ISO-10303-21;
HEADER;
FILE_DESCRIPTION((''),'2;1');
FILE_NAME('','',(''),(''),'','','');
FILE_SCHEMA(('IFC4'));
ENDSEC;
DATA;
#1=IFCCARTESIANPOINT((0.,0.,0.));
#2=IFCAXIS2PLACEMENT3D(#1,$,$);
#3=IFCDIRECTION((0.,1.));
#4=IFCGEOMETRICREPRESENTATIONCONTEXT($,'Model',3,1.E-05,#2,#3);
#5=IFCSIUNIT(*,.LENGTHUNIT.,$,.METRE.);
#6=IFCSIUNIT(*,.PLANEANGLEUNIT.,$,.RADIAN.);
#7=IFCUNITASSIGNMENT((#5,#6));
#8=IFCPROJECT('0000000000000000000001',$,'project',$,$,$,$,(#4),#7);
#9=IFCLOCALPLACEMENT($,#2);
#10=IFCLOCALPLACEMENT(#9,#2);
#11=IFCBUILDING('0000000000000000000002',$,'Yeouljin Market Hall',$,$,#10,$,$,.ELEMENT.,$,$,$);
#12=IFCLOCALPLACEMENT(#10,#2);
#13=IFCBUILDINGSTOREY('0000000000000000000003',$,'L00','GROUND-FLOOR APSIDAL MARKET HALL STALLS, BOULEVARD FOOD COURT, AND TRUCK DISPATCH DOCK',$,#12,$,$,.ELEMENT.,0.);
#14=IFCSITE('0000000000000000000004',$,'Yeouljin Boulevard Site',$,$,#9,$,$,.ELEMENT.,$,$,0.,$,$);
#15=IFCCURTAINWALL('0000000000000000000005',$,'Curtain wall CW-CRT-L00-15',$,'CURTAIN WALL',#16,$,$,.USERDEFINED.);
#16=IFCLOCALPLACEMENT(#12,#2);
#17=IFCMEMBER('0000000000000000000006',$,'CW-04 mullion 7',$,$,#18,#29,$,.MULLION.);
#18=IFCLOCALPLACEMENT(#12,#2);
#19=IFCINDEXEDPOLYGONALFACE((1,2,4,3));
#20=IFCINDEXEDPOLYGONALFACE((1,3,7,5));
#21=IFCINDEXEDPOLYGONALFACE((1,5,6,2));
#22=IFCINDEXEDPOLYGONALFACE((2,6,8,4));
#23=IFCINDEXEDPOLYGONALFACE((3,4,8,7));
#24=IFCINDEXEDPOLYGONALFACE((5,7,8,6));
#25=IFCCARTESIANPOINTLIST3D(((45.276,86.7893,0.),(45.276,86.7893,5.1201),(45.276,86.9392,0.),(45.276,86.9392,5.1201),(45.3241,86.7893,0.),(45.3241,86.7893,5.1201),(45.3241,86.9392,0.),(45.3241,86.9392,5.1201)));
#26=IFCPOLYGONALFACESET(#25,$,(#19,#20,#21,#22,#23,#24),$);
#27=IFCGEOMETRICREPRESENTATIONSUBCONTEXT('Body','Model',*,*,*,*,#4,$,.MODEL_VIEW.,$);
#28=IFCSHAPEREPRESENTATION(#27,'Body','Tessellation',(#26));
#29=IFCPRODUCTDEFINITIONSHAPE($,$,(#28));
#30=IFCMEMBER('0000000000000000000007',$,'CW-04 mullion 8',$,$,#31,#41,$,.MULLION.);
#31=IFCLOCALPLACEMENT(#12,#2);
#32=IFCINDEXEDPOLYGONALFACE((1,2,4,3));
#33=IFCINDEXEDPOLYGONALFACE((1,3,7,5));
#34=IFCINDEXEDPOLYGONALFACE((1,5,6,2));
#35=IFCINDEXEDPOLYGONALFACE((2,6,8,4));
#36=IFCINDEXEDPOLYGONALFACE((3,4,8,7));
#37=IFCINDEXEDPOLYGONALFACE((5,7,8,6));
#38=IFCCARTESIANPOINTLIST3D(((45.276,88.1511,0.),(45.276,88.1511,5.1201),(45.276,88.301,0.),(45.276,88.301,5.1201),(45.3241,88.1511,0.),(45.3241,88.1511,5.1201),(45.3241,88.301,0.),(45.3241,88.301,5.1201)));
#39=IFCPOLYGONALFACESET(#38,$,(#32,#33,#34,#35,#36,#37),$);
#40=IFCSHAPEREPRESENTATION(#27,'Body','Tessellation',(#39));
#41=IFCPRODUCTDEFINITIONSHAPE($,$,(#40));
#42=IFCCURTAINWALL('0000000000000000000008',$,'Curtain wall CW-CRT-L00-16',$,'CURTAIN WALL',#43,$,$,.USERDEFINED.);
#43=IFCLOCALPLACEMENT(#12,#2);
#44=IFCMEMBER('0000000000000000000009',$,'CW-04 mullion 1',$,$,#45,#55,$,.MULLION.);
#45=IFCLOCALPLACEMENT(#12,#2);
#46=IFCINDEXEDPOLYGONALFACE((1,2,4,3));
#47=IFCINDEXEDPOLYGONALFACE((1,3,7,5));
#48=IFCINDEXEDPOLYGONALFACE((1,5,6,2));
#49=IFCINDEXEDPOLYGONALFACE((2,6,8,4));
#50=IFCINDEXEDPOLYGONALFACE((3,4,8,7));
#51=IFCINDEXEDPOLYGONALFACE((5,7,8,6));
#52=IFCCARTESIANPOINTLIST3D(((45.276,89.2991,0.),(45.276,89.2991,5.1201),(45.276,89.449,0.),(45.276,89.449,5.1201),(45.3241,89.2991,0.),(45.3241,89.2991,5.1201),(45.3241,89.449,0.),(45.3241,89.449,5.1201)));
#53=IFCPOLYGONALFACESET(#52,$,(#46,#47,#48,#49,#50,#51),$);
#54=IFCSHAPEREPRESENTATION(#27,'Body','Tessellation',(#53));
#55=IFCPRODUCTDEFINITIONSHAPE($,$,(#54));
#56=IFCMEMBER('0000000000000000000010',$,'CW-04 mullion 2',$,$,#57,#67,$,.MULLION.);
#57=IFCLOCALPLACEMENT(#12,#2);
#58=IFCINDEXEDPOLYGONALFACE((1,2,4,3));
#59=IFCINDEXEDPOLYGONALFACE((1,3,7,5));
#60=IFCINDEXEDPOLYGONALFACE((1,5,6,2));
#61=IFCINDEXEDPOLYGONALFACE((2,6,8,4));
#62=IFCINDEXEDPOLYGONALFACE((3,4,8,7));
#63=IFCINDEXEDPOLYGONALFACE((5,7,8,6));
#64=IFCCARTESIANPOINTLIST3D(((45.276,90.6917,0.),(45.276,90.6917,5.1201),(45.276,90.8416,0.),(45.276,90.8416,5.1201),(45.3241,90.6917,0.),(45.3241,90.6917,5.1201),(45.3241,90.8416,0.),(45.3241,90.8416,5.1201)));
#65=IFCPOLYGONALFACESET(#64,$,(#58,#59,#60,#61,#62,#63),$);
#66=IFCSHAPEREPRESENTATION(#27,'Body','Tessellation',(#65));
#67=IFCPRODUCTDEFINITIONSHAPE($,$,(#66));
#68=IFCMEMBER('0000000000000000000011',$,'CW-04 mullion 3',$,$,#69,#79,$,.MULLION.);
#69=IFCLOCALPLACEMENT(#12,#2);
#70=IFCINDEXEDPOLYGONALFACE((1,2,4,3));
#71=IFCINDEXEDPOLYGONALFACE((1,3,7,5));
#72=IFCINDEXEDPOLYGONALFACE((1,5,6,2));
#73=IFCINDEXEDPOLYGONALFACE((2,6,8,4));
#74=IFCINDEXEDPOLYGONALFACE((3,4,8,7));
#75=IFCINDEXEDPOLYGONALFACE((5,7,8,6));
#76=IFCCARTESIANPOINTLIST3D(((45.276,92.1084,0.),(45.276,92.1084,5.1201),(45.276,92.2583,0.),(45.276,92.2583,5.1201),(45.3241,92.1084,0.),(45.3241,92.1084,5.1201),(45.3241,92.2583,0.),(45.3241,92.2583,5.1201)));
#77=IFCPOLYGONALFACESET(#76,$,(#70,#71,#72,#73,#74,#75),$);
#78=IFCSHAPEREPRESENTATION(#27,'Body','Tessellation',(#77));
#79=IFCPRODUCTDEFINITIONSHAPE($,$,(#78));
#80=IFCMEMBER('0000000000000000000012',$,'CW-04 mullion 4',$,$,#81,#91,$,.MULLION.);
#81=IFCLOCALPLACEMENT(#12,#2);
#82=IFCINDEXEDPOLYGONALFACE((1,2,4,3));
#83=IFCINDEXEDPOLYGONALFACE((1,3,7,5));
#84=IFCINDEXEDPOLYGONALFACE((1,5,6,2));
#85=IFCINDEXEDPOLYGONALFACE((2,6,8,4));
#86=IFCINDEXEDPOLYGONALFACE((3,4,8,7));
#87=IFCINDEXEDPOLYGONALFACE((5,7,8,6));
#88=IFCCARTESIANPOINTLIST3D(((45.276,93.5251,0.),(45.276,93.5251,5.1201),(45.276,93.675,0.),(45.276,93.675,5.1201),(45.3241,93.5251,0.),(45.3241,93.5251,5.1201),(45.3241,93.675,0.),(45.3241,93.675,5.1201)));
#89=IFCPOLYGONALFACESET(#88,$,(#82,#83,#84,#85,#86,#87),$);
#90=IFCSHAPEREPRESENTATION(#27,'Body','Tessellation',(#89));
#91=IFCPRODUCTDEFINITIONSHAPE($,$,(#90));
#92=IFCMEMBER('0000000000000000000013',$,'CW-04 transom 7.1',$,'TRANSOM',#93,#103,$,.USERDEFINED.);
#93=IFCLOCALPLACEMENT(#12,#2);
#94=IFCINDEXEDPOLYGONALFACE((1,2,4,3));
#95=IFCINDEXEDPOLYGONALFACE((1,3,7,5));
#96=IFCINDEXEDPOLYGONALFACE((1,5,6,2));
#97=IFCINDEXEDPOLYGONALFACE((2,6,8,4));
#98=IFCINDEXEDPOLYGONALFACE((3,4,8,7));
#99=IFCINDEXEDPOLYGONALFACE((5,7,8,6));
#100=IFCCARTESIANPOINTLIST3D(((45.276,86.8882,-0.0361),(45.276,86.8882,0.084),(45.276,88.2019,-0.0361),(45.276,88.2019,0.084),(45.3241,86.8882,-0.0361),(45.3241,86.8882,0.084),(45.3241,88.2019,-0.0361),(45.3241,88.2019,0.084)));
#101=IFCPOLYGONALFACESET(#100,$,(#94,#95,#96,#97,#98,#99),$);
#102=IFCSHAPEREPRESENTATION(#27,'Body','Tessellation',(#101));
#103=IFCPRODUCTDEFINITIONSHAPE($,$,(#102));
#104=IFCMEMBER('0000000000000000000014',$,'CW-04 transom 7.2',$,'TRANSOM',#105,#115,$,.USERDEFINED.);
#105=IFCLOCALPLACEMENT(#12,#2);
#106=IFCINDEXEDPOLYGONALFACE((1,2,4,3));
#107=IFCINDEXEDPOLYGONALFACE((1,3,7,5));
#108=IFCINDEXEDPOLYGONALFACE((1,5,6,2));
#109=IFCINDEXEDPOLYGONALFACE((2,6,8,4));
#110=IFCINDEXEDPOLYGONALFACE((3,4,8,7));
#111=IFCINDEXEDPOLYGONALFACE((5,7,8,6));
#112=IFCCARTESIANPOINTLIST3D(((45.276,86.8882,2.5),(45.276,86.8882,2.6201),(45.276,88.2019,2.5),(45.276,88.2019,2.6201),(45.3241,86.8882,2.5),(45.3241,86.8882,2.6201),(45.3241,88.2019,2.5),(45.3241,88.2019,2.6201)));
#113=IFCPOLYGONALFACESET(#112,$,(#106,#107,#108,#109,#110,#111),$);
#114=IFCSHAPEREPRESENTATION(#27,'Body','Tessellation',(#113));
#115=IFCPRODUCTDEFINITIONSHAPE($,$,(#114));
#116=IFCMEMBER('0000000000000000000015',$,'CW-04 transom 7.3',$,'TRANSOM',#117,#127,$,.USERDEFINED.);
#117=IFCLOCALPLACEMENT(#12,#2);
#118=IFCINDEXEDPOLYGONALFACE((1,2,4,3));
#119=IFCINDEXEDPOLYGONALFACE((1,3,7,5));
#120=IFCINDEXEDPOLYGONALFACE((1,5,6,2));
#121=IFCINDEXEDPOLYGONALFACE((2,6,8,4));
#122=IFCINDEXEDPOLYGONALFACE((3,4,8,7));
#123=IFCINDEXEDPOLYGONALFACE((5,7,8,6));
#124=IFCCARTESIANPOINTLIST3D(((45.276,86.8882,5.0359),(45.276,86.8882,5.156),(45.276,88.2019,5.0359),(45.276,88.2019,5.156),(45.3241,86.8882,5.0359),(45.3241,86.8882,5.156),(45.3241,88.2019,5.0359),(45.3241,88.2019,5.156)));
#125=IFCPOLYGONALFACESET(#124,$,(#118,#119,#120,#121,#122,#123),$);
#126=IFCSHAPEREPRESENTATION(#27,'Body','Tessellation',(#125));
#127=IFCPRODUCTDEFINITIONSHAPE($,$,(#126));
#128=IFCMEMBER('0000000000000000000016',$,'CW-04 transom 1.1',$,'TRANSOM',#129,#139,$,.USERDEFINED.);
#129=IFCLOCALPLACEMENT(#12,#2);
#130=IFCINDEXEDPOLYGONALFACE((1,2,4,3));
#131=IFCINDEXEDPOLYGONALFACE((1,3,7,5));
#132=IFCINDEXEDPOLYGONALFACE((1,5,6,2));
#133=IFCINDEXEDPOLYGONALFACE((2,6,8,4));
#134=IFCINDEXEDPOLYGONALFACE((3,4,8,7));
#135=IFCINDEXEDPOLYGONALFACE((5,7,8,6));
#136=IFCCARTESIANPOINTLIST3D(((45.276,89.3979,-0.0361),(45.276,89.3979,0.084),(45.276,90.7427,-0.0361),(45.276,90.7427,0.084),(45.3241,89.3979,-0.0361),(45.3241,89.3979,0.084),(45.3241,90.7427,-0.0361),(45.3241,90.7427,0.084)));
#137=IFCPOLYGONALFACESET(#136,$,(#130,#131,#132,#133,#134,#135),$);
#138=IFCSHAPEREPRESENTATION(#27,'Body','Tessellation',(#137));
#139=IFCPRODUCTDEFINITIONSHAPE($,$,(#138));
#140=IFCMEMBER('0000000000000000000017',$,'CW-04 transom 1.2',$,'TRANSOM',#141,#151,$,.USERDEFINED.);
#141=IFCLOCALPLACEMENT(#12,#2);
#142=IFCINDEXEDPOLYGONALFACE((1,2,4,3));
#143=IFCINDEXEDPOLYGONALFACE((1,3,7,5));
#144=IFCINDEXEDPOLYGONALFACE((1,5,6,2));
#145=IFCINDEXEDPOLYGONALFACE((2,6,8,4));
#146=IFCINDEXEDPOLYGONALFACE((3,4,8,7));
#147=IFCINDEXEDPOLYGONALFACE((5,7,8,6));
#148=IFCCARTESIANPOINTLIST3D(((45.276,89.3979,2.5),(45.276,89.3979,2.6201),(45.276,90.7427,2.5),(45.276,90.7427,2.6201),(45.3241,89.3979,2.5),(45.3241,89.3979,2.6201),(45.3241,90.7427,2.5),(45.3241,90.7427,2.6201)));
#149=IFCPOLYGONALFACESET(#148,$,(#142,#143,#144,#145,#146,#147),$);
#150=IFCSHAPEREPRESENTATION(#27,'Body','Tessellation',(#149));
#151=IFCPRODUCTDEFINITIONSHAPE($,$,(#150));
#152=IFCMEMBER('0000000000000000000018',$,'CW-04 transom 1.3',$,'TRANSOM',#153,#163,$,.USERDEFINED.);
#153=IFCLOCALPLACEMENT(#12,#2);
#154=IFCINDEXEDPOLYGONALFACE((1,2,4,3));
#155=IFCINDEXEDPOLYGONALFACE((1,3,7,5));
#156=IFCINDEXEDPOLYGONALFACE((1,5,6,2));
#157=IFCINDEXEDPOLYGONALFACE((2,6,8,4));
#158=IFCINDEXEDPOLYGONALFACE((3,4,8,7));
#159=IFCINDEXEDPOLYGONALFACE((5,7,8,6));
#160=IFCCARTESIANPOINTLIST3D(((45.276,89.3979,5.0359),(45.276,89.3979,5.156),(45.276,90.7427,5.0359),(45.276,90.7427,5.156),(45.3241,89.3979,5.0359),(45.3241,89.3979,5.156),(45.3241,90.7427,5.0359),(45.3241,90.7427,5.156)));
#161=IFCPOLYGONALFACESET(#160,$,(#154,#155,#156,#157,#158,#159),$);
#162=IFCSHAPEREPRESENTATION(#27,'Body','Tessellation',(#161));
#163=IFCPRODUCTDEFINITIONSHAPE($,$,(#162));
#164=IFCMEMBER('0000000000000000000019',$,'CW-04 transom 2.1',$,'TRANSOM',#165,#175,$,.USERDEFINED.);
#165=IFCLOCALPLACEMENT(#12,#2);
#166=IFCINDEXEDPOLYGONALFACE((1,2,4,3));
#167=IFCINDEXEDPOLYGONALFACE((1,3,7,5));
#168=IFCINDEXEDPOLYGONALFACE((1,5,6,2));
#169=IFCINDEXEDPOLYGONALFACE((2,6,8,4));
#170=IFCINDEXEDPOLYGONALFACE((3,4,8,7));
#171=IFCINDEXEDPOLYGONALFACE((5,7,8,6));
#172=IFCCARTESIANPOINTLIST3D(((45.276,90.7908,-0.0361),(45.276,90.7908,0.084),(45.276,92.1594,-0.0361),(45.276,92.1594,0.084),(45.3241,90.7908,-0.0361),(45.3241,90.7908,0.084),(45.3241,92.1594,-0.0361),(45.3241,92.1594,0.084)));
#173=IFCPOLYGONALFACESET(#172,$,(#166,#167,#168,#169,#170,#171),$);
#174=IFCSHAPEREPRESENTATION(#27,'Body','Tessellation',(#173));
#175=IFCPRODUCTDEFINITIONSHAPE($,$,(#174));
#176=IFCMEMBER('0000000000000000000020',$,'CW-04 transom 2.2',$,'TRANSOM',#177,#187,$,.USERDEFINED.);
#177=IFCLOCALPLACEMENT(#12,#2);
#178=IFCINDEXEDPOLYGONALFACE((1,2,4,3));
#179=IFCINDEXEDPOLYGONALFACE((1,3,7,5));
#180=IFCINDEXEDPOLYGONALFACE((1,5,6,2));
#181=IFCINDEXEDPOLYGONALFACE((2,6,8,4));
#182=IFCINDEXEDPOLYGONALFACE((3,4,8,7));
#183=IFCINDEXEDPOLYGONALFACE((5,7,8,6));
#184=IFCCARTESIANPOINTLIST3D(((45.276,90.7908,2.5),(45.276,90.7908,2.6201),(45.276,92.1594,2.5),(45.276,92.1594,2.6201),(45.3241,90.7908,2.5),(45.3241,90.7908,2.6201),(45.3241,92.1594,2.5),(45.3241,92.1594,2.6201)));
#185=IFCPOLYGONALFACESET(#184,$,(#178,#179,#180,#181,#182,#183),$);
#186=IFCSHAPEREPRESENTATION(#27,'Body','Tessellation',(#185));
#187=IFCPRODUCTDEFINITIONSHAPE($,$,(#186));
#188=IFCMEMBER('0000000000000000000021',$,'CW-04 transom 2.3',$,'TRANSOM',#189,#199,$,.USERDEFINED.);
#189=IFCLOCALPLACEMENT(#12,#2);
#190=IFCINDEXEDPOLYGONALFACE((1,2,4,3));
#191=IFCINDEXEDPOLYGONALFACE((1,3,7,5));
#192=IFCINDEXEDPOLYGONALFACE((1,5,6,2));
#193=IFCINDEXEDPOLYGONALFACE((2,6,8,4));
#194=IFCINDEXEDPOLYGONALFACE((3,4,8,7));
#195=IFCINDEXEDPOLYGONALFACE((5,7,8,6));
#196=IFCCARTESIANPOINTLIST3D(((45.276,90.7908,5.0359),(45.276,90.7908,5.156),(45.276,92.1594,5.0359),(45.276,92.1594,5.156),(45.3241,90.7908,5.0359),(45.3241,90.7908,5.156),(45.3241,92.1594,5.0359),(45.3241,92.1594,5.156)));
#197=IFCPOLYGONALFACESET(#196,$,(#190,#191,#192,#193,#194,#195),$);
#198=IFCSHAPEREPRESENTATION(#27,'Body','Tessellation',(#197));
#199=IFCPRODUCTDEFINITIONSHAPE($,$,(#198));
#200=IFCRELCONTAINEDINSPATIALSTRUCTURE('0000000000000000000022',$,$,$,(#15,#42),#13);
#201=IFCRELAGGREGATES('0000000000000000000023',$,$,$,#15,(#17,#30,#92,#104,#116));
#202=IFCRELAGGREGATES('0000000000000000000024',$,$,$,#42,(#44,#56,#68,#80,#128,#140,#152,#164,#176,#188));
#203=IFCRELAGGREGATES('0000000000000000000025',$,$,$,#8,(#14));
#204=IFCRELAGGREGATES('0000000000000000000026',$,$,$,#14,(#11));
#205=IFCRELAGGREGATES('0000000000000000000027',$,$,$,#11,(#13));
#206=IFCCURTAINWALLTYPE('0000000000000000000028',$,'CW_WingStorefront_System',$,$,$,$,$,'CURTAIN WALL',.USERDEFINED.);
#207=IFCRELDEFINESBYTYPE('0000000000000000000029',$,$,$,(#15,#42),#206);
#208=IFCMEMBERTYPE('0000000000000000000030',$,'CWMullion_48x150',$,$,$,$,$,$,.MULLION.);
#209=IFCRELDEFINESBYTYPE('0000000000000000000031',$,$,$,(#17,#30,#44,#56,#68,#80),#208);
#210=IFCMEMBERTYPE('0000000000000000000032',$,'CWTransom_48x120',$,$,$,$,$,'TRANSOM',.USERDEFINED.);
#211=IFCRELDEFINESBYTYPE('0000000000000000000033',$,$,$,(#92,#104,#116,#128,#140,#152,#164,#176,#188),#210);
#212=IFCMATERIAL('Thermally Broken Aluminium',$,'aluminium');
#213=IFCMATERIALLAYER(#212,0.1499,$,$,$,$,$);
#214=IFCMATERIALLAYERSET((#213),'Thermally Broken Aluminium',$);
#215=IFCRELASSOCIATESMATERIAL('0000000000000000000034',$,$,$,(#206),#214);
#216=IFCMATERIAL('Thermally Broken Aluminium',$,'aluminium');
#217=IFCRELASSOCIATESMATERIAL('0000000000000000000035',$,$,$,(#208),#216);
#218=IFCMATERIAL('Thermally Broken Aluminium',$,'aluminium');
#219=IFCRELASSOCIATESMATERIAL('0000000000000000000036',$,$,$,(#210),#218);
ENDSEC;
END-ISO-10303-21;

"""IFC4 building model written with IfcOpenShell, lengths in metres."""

from ifc_helpers import new_model, si_unit, direction, frame, origin, origin_2d, place, context, subcontext, project, spatial, rectangle, extrude, material, layer, layer_set, material_profile, profile_set, type_object, element, aggregate, save


model = new_model("IFC4")

# Units and contexts
model_context = context("Model", 3, precision=1e-05, world=origin(), true_north=direction((0.0, 1.0)))
body_context = subcontext(model_context, "Body", "Model", "MODEL_VIEW")
ifc_project = project(units=[si_unit("LENGTHUNIT", "METRE"), si_unit("PLANEANGLEUNIT", "RADIAN")], contexts=[model_context])

# Site, building, storey
site_placement = place(None, origin())
site = spatial("IfcSite", under=ifc_project, at=site_placement, Name="Yeouljin Boulevard Site", CompositionType="ELEMENT", RefElevation=0.0)
building_placement = place(site_placement, origin())
building = spatial("IfcBuilding", under=site, at=building_placement, Name="Yeouljin Market Hall", CompositionType="ELEMENT")
storey_placement = place(building_placement, origin())
storey = spatial("IfcBuildingStorey", under=building, at=storey_placement, Name="L00", Description="GROUND-FLOOR APSIDAL MARKET HALL STALLS, BOULEVARD FOOD COURT, AND TRUCK DISPATCH DOCK", CompositionType="ELEMENT", Elevation=0.0)

# Curtain walls, members
ifc_material_1 = material(Name="Thermally Broken Aluminium", Category="aluminium")
ifc_layer_1 = layer(ifc_material_1, 0.1499)
ifc_layer_set_1 = layer_set([ifc_layer_1], Name="Thermally Broken Aluminium")
curtain_wall_type = type_object("IfcCurtainWallType", Name="CW_WingStorefront_System", ElementType="CURTAIN WALL", PredefinedType="USERDEFINED", material=ifc_layer_set_1)
curtain_wall_1_placement = place(storey_placement, origin())
curtain_wall_1 = element("IfcCurtainWall", 1, at=curtain_wall_1_placement, inside=storey, type_object=curtain_wall_type, Name="Curtain wall CW-CRT-L00-15", ObjectType="CURTAIN WALL", PredefinedType="USERDEFINED")
ifc_material_2 = material(Name="Thermally Broken Aluminium", Category="aluminium")
ifc_material_profile_1 = material_profile(ifc_material_2, rectangle(XDim=0.0481, YDim=0.1499, at=origin_2d()), Name="CW-MULL-48x150")
ifc_profile_set_1 = profile_set([ifc_material_profile_1], Name="Thermally Broken Aluminium")
member_type_1 = type_object("IfcMemberType", Name="CWMullion_48x150", PredefinedType="MULLION", material=ifc_profile_set_1)
member_1_placement = place(storey_placement, frame((45.3, 86.8643, 0.0), z_axis=(0.0, 0.0, 1.0), x_axis=(-1.0, 0.0, 0.0)))
member_1 = element("IfcMember", 2, at=member_1_placement, type_object=member_type_1, Name="CW-04 mullion 7", PredefinedType="MULLION", context=body_context, shape_type="SweptSolid", body=[
    extrude(rectangle(XDim=0.0481, YDim=0.1499, at=origin_2d()), origin(), (0.0, 0.0, 1.0), 5.1201),
])
member_2_placement = place(storey_placement, frame((45.3, 88.2261, 0.0), z_axis=(0.0, 0.0, 1.0), x_axis=(-1.0, 0.0, 0.0)))
member_2 = element("IfcMember", 3, at=member_2_placement, type_object=member_type_1, Name="CW-04 mullion 8", PredefinedType="MULLION", context=body_context, shape_type="SweptSolid", body=[
    extrude(rectangle(XDim=0.0481, YDim=0.1499, at=origin_2d()), origin(), (0.0, 0.0, 1.0), 5.1201),
])
curtain_wall_2_placement = place(storey_placement, origin())
curtain_wall_2 = element("IfcCurtainWall", 4, at=curtain_wall_2_placement, inside=storey, type_object=curtain_wall_type, Name="Curtain wall CW-CRT-L00-16", ObjectType="CURTAIN WALL", PredefinedType="USERDEFINED")
member_3_placement = place(storey_placement, frame((45.3, 89.374, 0.0), z_axis=(0.0, 0.0, 1.0), x_axis=(-1.0, 0.0, 0.0)))
member_3 = element("IfcMember", 5, at=member_3_placement, type_object=member_type_1, Name="CW-04 mullion 1", PredefinedType="MULLION", context=body_context, shape_type="SweptSolid", body=[
    extrude(rectangle(XDim=0.0481, YDim=0.1499, at=origin_2d()), origin(), (0.0, 0.0, 1.0), 5.1201),
])
member_4_placement = place(storey_placement, frame((45.3, 90.7666, 0.0), z_axis=(0.0, 0.0, 1.0), x_axis=(-1.0, 0.0, 0.0)))
member_4 = element("IfcMember", 6, at=member_4_placement, type_object=member_type_1, Name="CW-04 mullion 2", PredefinedType="MULLION", context=body_context, shape_type="SweptSolid", body=[
    extrude(rectangle(XDim=0.0481, YDim=0.1499, at=origin_2d()), origin(), (0.0, 0.0, 1.0), 5.1201),
])
member_5_placement = place(storey_placement, frame((45.3, 92.1833, 0.0), z_axis=(0.0, 0.0, 1.0), x_axis=(-1.0, 0.0, 0.0)))
member_5 = element("IfcMember", 7, at=member_5_placement, type_object=member_type_1, Name="CW-04 mullion 3", PredefinedType="MULLION", context=body_context, shape_type="SweptSolid", body=[
    extrude(rectangle(XDim=0.0481, YDim=0.1499, at=origin_2d()), origin(), (0.0, 0.0, 1.0), 5.1201),
])
member_6_placement = place(storey_placement, frame((45.3, 93.6001, 0.0), z_axis=(0.0, 0.0, 1.0), x_axis=(-1.0, 0.0, 0.0)))
member_6 = element("IfcMember", 8, at=member_6_placement, type_object=member_type_1, Name="CW-04 mullion 4", PredefinedType="MULLION", context=body_context, shape_type="SweptSolid", body=[
    extrude(rectangle(XDim=0.0481, YDim=0.1499, at=origin_2d()), origin(), (0.0, 0.0, 1.0), 5.1201),
])

# Members
ifc_material_3 = material(Name="Thermally Broken Aluminium", Category="aluminium")
ifc_material_profile_2 = material_profile(ifc_material_3, rectangle(XDim=0.0481, YDim=0.1201, at=origin_2d()), Name="CW-TRAN-48x120")
ifc_profile_set_2 = profile_set([ifc_material_profile_2], Name="Thermally Broken Aluminium")
member_type_2 = type_object("IfcMemberType", Name="CWTransom_48x120", ElementType="TRANSOM", PredefinedType="USERDEFINED", material=ifc_profile_set_2)
member_7_placement = place(storey_placement, frame((45.3, 86.8882, 0.0239), z_axis=(0.0, 1.0, 0.0), x_axis=(-1.0, 0.0, 0.0)))
member_7 = element("IfcMember", 9, at=member_7_placement, type_object=member_type_2, Name="CW-04 transom 7.1", ObjectType="TRANSOM", PredefinedType="USERDEFINED", context=body_context, shape_type="SweptSolid", body=[
    extrude(rectangle(XDim=0.0481, YDim=0.1201, at=origin_2d()), origin(), (0.0, 0.0, 1.0), 1.3137),
])
member_8_placement = place(storey_placement, frame((45.3, 86.8882, 2.5601), z_axis=(0.0, 1.0, 0.0), x_axis=(-1.0, 0.0, 0.0)))
member_8 = element("IfcMember", 10, at=member_8_placement, type_object=member_type_2, Name="CW-04 transom 7.2", ObjectType="TRANSOM", PredefinedType="USERDEFINED", context=body_context, shape_type="SweptSolid", body=[
    extrude(rectangle(XDim=0.0481, YDim=0.1201, at=origin_2d()), origin(), (0.0, 0.0, 1.0), 1.3137),
])
member_9_placement = place(storey_placement, frame((45.3, 86.8882, 5.0959), z_axis=(0.0, 1.0, 0.0), x_axis=(-1.0, 0.0, 0.0)))
member_9 = element("IfcMember", 11, at=member_9_placement, type_object=member_type_2, Name="CW-04 transom 7.3", ObjectType="TRANSOM", PredefinedType="USERDEFINED", context=body_context, shape_type="SweptSolid", body=[
    extrude(rectangle(XDim=0.0481, YDim=0.1201, at=origin_2d()), origin(), (0.0, 0.0, 1.0), 1.3137),
])
member_10_placement = place(storey_placement, frame((45.3, 89.3979, 0.0239), z_axis=(0.0, 1.0, 0.0), x_axis=(-1.0, 0.0, 0.0)))
member_10 = element("IfcMember", 12, at=member_10_placement, type_object=member_type_2, Name="CW-04 transom 1.1", ObjectType="TRANSOM", PredefinedType="USERDEFINED", context=body_context, shape_type="SweptSolid", body=[
    extrude(rectangle(XDim=0.0481, YDim=0.1201, at=origin_2d()), origin(), (0.0, 0.0, 1.0), 1.3447),
])
member_11_placement = place(storey_placement, frame((45.3, 89.3979, 2.5601), z_axis=(0.0, 1.0, 0.0), x_axis=(-1.0, 0.0, 0.0)))
member_11 = element("IfcMember", 13, at=member_11_placement, type_object=member_type_2, Name="CW-04 transom 1.2", ObjectType="TRANSOM", PredefinedType="USERDEFINED", context=body_context, shape_type="SweptSolid", body=[
    extrude(rectangle(XDim=0.0481, YDim=0.1201, at=origin_2d()), origin(), (0.0, 0.0, 1.0), 1.3447),
])
member_12_placement = place(storey_placement, frame((45.3, 89.3979, 5.0959), z_axis=(0.0, 1.0, 0.0), x_axis=(-1.0, 0.0, 0.0)))
member_12 = element("IfcMember", 14, at=member_12_placement, type_object=member_type_2, Name="CW-04 transom 1.3", ObjectType="TRANSOM", PredefinedType="USERDEFINED", context=body_context, shape_type="SweptSolid", body=[
    extrude(rectangle(XDim=0.0481, YDim=0.1201, at=origin_2d()), origin(), (0.0, 0.0, 1.0), 1.3447),
])
member_13_placement = place(storey_placement, frame((45.3, 90.7908, 0.0239), z_axis=(0.0, 1.0, 0.0), x_axis=(-1.0, 0.0, 0.0)))
member_13 = element("IfcMember", 15, at=member_13_placement, type_object=member_type_2, Name="CW-04 transom 2.1", ObjectType="TRANSOM", PredefinedType="USERDEFINED", context=body_context, shape_type="SweptSolid", body=[
    extrude(rectangle(XDim=0.0481, YDim=0.1201, at=origin_2d()), origin(), (0.0, 0.0, 1.0), 1.3687),
])
member_14_placement = place(storey_placement, frame((45.3, 90.7908, 2.5601), z_axis=(0.0, 1.0, 0.0), x_axis=(-1.0, 0.0, 0.0)))
member_14 = element("IfcMember", 16, at=member_14_placement, type_object=member_type_2, Name="CW-04 transom 2.2", ObjectType="TRANSOM", PredefinedType="USERDEFINED", context=body_context, shape_type="SweptSolid", body=[
    extrude(rectangle(XDim=0.0481, YDim=0.1201, at=origin_2d()), origin(), (0.0, 0.0, 1.0), 1.3687),
])
member_15_placement = place(storey_placement, frame((45.3, 90.7908, 5.0959), z_axis=(0.0, 1.0, 0.0), x_axis=(-1.0, 0.0, 0.0)))
member_15 = element("IfcMember", 17, at=member_15_placement, type_object=member_type_2, Name="CW-04 transom 2.3", ObjectType="TRANSOM", PredefinedType="USERDEFINED", context=body_context, shape_type="SweptSolid", body=[
    extrude(rectangle(XDim=0.0481, YDim=0.1201, at=origin_2d()), origin(), (0.0, 0.0, 1.0), 1.3687),
])

aggregate(curtain_wall_1, [member_1, member_2, member_7, member_8, member_9])
aggregate(curtain_wall_2, [member_3, member_4, member_5, member_6, member_10, member_11, member_12, member_13, member_14, member_15])

save(model, "model.ifc")
